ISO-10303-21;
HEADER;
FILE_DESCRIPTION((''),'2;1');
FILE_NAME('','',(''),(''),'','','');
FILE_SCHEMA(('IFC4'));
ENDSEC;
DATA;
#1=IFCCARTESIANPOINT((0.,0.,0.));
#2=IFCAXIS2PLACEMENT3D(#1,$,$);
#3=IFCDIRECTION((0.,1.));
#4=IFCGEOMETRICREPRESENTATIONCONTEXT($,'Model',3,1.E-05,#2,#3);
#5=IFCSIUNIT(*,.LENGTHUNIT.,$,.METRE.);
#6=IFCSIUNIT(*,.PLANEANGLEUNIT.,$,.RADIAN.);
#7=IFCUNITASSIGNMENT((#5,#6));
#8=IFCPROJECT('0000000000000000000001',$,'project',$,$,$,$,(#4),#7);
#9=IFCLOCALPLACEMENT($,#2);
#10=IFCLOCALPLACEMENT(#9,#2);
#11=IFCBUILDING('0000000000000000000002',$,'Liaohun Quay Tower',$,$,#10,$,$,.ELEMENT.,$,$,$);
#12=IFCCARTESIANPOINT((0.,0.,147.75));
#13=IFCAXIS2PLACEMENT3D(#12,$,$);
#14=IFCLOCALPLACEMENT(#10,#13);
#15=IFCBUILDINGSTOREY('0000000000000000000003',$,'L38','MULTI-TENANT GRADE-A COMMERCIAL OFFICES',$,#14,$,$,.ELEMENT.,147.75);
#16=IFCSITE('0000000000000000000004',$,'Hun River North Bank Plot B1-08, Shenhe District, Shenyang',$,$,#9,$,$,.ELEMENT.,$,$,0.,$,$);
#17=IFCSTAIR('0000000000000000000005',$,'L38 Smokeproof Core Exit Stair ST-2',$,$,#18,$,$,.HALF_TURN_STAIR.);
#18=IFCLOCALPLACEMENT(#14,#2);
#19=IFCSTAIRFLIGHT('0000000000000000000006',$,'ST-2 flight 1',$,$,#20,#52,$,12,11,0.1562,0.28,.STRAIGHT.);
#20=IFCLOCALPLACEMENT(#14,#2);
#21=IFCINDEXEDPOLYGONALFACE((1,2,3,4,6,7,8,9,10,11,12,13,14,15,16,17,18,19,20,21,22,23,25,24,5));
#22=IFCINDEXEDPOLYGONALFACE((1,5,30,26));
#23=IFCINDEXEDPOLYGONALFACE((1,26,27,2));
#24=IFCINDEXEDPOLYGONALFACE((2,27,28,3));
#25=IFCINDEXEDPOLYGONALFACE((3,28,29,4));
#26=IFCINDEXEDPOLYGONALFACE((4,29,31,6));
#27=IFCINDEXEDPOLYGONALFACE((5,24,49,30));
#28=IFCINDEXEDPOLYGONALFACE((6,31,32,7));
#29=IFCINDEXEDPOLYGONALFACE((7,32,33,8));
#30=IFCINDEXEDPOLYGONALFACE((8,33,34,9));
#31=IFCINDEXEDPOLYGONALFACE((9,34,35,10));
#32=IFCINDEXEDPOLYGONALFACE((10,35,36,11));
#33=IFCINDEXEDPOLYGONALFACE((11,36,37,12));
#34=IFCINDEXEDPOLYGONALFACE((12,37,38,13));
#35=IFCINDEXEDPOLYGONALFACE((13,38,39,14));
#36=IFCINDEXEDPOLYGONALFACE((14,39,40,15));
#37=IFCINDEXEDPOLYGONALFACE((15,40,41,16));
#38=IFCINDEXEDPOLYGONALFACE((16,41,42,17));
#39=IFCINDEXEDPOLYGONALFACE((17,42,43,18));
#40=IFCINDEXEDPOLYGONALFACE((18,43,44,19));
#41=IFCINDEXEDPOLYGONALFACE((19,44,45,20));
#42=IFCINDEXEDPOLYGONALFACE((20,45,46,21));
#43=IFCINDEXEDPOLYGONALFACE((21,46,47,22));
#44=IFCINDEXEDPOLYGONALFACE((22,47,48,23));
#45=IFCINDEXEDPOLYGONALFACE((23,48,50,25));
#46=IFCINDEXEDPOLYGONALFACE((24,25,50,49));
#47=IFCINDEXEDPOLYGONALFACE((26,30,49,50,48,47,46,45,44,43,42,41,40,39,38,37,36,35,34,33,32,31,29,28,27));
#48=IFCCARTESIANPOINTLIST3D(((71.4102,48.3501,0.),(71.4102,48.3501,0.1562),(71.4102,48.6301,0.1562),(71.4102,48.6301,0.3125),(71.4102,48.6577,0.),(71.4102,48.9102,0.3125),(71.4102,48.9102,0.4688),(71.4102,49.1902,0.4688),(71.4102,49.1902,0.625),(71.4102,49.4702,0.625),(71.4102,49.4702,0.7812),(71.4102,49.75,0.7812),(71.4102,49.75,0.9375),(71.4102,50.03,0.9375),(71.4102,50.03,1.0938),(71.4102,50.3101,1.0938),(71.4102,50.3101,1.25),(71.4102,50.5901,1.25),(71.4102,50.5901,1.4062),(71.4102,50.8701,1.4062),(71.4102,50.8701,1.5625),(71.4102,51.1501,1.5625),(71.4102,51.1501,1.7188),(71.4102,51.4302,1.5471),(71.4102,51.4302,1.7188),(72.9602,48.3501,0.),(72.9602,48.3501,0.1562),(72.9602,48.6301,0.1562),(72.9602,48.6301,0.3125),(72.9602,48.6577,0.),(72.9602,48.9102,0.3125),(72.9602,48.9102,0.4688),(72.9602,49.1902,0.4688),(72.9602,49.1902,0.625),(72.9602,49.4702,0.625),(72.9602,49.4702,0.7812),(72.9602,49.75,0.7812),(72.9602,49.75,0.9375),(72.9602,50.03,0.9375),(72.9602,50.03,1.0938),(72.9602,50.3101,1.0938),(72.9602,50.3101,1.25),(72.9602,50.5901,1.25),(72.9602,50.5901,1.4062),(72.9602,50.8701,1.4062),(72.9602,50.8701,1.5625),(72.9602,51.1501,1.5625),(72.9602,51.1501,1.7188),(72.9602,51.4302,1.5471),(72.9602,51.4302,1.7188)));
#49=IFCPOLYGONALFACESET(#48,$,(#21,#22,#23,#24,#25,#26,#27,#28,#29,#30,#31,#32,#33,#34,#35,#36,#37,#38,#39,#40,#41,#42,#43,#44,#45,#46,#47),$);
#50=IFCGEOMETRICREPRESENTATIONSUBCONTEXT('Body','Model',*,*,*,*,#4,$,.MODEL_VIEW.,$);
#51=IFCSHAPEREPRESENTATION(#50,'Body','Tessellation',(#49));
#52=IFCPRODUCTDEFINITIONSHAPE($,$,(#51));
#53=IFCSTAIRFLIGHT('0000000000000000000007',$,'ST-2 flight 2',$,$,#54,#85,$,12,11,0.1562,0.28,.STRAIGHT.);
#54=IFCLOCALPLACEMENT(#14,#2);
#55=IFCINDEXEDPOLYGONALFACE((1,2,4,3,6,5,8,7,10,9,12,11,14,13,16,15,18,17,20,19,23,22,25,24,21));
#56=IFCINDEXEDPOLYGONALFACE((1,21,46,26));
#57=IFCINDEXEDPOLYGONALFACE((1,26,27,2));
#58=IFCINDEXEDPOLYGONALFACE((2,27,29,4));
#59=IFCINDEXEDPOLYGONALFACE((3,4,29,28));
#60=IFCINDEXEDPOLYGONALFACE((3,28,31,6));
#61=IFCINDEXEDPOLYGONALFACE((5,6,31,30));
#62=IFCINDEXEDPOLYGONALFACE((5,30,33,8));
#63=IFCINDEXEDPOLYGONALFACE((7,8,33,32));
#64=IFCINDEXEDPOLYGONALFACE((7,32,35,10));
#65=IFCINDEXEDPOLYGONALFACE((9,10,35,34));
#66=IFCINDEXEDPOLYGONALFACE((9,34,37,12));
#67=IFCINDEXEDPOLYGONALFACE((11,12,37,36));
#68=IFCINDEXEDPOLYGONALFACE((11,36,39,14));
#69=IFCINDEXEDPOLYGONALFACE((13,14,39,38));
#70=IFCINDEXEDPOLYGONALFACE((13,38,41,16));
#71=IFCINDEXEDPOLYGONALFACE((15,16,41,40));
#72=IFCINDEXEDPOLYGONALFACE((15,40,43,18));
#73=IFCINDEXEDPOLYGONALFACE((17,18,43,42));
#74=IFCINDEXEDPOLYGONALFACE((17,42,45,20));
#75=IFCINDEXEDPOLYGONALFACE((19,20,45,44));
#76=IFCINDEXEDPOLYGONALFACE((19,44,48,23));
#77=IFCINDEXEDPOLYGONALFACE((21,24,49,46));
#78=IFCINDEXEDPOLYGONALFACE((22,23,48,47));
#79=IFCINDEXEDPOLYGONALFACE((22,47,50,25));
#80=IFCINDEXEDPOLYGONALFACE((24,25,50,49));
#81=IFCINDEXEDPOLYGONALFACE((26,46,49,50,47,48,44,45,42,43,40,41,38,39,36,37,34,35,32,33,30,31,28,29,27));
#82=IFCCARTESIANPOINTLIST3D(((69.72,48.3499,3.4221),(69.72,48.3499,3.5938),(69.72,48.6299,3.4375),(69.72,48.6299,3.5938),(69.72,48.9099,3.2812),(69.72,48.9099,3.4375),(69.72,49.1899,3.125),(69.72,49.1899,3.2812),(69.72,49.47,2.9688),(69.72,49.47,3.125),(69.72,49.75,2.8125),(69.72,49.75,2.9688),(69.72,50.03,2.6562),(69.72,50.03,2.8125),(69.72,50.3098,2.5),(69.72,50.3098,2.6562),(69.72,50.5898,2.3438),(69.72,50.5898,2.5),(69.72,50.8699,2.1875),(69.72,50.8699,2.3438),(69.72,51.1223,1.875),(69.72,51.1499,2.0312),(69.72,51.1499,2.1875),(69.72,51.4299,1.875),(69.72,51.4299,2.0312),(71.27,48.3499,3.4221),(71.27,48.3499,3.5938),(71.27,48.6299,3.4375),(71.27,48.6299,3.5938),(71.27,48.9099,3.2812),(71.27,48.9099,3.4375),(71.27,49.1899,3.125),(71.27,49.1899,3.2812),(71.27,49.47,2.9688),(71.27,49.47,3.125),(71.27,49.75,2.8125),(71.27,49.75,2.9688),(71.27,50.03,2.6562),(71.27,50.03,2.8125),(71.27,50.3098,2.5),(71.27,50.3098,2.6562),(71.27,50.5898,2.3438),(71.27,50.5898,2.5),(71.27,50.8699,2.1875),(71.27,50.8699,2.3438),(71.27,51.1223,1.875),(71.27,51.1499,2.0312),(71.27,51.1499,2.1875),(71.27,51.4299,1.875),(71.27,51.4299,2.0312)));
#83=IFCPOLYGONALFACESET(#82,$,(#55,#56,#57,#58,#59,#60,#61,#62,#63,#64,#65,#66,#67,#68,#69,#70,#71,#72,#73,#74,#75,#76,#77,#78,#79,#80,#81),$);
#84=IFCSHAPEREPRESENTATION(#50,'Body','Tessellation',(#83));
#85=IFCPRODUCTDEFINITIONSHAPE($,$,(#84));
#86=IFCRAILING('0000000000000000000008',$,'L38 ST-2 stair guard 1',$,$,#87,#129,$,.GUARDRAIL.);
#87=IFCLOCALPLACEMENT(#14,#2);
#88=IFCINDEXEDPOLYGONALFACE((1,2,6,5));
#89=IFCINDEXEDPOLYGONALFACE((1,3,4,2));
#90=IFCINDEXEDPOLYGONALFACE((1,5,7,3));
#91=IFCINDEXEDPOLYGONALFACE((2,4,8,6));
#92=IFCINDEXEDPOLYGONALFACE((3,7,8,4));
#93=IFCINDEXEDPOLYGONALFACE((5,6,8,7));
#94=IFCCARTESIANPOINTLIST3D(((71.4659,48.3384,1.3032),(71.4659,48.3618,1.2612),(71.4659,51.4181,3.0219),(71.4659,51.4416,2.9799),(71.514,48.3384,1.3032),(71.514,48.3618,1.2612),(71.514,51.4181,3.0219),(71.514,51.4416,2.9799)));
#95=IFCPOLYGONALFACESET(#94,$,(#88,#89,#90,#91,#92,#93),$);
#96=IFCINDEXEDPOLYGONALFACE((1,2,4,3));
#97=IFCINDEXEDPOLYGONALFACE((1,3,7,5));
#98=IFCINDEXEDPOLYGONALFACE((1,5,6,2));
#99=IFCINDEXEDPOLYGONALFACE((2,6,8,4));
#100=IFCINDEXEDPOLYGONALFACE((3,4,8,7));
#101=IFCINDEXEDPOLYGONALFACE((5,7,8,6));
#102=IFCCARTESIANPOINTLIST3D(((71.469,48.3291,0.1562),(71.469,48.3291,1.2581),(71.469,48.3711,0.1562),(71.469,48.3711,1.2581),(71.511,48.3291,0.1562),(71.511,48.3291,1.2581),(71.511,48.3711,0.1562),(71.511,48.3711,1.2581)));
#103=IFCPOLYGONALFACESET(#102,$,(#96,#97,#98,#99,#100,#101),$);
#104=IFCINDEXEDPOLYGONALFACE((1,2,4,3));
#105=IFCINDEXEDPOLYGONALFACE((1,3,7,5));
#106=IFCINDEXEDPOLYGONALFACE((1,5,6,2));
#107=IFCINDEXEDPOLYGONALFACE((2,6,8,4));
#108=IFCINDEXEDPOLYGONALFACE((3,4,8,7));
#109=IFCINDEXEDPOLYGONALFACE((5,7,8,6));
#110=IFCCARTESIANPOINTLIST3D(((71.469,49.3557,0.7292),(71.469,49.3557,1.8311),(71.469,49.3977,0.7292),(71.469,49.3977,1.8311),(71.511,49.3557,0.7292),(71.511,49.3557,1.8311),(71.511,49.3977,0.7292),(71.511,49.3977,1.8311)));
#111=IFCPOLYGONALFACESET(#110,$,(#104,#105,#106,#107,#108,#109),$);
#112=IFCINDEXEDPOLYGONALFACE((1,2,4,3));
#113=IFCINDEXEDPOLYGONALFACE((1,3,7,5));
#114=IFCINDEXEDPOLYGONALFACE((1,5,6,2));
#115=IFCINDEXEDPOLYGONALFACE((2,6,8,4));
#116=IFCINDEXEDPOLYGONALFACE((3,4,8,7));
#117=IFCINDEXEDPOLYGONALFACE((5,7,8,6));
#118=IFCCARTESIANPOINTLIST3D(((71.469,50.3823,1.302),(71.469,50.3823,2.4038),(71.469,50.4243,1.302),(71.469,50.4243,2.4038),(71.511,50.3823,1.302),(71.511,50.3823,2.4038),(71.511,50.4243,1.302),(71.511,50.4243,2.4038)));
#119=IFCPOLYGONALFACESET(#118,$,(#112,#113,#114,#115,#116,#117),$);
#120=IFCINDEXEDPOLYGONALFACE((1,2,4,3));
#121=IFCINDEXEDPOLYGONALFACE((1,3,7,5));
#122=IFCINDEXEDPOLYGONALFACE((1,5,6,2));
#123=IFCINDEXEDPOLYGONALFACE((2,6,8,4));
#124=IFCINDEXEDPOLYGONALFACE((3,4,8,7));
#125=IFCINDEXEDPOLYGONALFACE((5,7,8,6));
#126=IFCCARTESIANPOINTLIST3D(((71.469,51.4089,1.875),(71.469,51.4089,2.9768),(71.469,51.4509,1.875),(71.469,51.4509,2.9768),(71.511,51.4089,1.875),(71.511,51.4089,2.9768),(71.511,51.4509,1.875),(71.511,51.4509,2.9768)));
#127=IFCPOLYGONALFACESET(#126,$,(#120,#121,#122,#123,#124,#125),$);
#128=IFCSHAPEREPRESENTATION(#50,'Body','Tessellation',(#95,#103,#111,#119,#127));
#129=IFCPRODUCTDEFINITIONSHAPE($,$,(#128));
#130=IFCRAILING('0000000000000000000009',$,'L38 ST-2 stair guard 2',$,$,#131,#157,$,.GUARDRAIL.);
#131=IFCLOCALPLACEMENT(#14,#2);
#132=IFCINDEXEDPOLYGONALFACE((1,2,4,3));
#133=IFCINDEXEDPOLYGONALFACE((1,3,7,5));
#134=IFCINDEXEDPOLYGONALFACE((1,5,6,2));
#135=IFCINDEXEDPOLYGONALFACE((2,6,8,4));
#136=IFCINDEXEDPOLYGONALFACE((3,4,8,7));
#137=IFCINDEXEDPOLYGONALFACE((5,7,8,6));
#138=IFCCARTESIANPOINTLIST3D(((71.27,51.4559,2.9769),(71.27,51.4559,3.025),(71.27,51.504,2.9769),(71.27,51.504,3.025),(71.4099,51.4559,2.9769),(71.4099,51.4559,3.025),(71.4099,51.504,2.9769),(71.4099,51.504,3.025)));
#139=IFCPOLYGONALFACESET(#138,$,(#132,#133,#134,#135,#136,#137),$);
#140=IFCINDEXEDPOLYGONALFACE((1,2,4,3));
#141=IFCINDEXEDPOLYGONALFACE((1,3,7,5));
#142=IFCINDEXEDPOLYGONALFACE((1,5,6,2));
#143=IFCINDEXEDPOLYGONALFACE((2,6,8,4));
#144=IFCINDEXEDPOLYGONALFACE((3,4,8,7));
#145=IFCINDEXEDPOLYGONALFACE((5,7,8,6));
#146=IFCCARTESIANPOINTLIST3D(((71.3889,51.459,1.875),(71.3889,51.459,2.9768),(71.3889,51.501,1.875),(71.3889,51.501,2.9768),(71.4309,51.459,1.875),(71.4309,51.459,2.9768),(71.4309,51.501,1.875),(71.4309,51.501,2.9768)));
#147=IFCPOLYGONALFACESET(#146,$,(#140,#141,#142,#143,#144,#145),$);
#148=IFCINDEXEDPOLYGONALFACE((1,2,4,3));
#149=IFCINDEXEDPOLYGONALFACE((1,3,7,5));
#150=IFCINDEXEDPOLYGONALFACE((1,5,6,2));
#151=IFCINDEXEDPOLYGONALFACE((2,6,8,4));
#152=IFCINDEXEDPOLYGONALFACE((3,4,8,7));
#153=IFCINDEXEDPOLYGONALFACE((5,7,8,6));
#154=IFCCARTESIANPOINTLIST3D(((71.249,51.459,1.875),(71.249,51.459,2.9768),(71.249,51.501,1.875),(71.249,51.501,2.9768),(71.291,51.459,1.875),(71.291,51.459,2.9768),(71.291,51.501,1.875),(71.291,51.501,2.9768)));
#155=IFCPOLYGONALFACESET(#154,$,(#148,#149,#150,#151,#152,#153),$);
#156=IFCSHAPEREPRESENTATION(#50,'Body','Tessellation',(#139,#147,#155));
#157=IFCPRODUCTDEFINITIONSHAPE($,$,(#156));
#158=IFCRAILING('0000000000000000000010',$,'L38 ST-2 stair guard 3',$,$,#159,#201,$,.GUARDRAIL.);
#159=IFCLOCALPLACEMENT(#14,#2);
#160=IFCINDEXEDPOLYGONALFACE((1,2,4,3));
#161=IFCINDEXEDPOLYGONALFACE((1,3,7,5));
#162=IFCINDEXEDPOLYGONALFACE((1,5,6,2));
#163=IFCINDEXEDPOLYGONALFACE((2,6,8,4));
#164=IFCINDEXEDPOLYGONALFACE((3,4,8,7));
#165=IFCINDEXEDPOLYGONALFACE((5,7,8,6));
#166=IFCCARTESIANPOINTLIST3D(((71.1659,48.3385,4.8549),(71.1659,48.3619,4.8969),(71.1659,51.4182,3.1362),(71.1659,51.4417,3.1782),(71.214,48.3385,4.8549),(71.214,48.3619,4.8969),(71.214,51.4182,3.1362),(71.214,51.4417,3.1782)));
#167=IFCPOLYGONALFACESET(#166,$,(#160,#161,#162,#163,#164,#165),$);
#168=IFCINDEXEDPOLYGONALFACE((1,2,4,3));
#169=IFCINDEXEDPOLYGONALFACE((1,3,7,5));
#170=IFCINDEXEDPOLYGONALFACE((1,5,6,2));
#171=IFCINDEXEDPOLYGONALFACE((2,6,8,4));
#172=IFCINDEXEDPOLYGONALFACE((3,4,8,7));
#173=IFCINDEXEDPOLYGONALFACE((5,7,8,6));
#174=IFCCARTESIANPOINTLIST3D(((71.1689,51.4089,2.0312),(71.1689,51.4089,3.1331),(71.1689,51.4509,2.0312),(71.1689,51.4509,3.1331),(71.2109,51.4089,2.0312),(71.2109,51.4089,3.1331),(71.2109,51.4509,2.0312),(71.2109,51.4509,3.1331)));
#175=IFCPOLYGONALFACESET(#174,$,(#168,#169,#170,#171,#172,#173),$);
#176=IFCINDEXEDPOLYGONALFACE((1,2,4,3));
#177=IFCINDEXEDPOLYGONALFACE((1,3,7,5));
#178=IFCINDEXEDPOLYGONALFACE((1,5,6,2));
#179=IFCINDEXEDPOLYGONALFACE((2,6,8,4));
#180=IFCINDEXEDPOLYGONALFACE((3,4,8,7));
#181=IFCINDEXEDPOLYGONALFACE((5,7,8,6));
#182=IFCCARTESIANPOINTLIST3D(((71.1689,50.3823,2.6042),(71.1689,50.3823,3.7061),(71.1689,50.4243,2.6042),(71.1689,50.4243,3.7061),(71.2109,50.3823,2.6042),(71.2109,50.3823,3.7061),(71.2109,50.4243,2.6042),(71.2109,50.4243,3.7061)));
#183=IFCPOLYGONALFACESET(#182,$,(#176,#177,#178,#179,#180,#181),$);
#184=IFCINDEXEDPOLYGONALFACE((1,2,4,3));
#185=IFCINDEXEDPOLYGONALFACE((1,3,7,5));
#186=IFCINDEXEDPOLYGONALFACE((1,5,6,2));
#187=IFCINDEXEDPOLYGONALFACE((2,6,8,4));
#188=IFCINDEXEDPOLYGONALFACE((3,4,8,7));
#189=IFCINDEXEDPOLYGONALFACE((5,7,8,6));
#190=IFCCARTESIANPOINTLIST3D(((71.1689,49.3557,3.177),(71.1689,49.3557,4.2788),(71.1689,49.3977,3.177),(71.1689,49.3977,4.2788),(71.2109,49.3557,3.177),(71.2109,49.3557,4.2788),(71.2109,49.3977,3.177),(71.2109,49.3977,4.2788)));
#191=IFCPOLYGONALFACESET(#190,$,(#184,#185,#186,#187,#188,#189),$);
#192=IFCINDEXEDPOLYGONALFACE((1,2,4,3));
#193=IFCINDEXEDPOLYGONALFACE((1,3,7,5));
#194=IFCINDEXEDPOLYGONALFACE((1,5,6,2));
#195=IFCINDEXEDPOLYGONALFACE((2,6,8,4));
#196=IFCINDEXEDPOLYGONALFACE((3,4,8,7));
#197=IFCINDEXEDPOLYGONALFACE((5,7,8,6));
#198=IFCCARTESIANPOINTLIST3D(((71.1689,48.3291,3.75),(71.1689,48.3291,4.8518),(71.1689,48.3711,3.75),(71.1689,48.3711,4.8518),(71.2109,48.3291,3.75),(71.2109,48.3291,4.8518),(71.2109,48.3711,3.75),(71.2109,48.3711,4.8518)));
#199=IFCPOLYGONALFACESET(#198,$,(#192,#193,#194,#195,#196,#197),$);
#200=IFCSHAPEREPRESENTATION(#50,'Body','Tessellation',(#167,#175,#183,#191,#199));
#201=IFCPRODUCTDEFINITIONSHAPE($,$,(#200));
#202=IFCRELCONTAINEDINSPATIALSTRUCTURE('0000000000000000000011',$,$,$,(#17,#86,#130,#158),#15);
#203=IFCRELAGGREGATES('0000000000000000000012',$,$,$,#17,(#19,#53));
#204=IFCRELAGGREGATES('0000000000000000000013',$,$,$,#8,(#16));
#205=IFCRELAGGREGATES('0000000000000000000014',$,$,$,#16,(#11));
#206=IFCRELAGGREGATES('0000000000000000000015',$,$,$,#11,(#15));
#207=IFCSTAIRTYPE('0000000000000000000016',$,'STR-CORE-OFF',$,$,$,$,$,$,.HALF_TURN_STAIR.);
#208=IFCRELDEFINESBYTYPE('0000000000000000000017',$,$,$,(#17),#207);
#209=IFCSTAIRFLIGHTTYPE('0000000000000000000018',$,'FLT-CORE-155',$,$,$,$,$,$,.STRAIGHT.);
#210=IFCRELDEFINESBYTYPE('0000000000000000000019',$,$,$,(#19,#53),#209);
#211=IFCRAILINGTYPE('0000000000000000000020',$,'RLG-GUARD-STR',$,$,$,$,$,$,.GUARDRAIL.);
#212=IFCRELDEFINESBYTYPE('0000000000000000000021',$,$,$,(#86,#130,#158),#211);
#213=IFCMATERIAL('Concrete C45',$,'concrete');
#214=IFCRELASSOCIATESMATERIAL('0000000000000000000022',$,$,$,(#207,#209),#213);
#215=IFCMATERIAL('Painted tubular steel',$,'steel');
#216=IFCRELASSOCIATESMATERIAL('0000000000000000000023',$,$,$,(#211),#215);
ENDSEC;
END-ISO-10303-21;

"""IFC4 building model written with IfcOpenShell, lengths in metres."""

from ifc_helpers import new_model, si_unit, direction, frame, origin, origin_2d, place, context, subcontext, project, spatial, polyline, rectangle, outline, extrude, material, type_object, element, aggregate, save


model = new_model("IFC4")

# Units and contexts
model_context = context("Model", 3, precision=1e-05, world=origin(), true_north=direction((0.0, 1.0)))
body_context = subcontext(model_context, "Body", "Model", "MODEL_VIEW")
ifc_project = project(units=[si_unit("LENGTHUNIT", "METRE"), si_unit("PLANEANGLEUNIT", "RADIAN")], contexts=[model_context])

# Site, building, storey
site_placement = place(None, origin())
site = spatial("IfcSite", under=ifc_project, at=site_placement, Name="Hun River North Bank Plot B1-08, Shenhe District, Shenyang", CompositionType="ELEMENT", RefElevation=0.0)
building_placement = place(site_placement, origin())
building = spatial("IfcBuilding", under=site, at=building_placement, Name="Liaohun Quay Tower", CompositionType="ELEMENT")
storey_placement = place(building_placement, frame((0.0, 0.0, 147.75)))
storey = spatial("IfcBuildingStorey", under=building, at=storey_placement, Name="L38", Description="MULTI-TENANT GRADE-A COMMERCIAL OFFICES", CompositionType="ELEMENT", Elevation=147.75)

# Stair, stair flights
ifc_material_1 = material(Name="Concrete C45", Category="concrete")
stair_type = type_object("IfcStairType", Name="STR-CORE-OFF", PredefinedType="HALF_TURN_STAIR", material=ifc_material_1)
stair_placement = place(storey_placement, origin())
stair = element("IfcStair", 1, at=stair_placement, inside=storey, type_object=stair_type, Name="L38 Smokeproof Core Exit Stair ST-2", PredefinedType="HALF_TURN_STAIR")
stair_flight_type = type_object("IfcStairFlightType", Name="FLT-CORE-155", PredefinedType="STRAIGHT", material=ifc_material_1)
stair_flight_1_placement = place(storey_placement, frame((72.1851, 48.3501, 0.0), z_axis=(0.0, 0.0, 1.0), x_axis=(0.0, 1.0, 0.0)))
stair_flight_1 = element("IfcStairFlight", 2, at=stair_flight_1_placement, type_object=stair_flight_type, Name="ST-2 flight 1", NumberOfRisers=12, NumberOfTreads=11, PredefinedType="STRAIGHT", RiserHeight=0.1562, TreadLength=0.28, context=body_context, shape_type="SweptSolid", body=[
    extrude(outline(polyline([(0.0, 0.0), (0.0, 0.1562), (0.28, 0.1562), (0.28, 0.3125), (0.5601, 0.3125), (0.5601, 0.4688), (0.8401, 0.4688), (0.8401, 0.625), (1.1201, 0.625), (1.1201, 0.7812), (1.3999, 0.7812), (1.3999, 0.9375), (1.6799, 0.9375), (1.6799, 1.0938), (1.96, 1.0938), (1.96, 1.25), (2.24, 1.25), (2.24, 1.4062), (2.52, 1.4062), (2.52, 1.5625), (2.8, 1.5625), (2.8, 1.7188), (3.0801, 1.7188), (3.0801, 1.875), (3.0801, 1.5471), (0.3076, 0.0), (0.0, 0.0)])), frame((0.0, 0.7749, 0.0), z_axis=(0.0, -1.0, 0.0), x_axis=(1.0, 0.0, 0.0)), (0.0, 0.0, 1.0), 1.55),
])
stair_flight_2_placement = place(storey_placement, frame((70.4951, 51.4299, 1.875), z_axis=(0.0, 0.0, 1.0), x_axis=(0.0, -1.0, 0.0)))
stair_flight_2 = element("IfcStairFlight", 3, at=stair_flight_2_placement, type_object=stair_flight_type, Name="ST-2 flight 2", NumberOfRisers=12, NumberOfTreads=11, PredefinedType="STRAIGHT", RiserHeight=0.1562, TreadLength=0.28, context=body_context, shape_type="SweptSolid", body=[
    extrude(outline(polyline([(0.0, 0.0), (0.0, 0.1562), (0.28, 0.1562), (0.28, 0.3125), (0.5601, 0.3125), (0.5601, 0.4688), (0.8401, 0.4688), (0.8401, 0.625), (1.1201, 0.625), (1.1201, 0.7812), (1.3999, 0.7812), (1.3999, 0.9375), (1.6799, 0.9375), (1.6799, 1.0938), (1.96, 1.0938), (1.96, 1.25), (2.24, 1.25), (2.24, 1.4062), (2.52, 1.4062), (2.52, 1.5625), (2.8, 1.5625), (2.8, 1.7188), (3.0801, 1.7188), (3.0801, 1.875), (3.0801, 1.5471), (0.3076, 0.0), (0.0, 0.0)])), frame((0.0, 0.7749, 0.0), z_axis=(0.0, -1.0, 0.0), x_axis=(1.0, 0.0, 0.0)), (0.0, 0.0, 1.0), 1.55),
])
aggregate(stair, [stair_flight_1, stair_flight_2])

# Railings
ifc_material_2 = material(Name="Painted tubular steel", Category="steel")
railing_type_1 = type_object("IfcRailingType", Name="RLG-GUARD-STR", PredefinedType="GUARDRAIL", material=ifc_material_2)
railing_1_placement = place(storey_placement, frame((71.49, 48.3501, 0.1562)))
element("IfcRailing", 4, at=railing_1_placement, inside=storey, type_object=railing_type_1, Name="L38 ST-2 stair guard 1", PredefinedType="GUARDRAIL", context=body_context, shape_type="SweptSolid", body=[
    extrude(rectangle(XDim=0.0481, YDim=0.0481, at=origin_2d()), frame((0.0, 0.0, 1.126), z_axis=(0.0, 0.873225, 0.487317), x_axis=(-1.0, 0.0, 0.0)), (0.0, 0.0, 1.0), 3.5269),
    extrude(rectangle(XDim=0.042, YDim=0.042, at=origin_2d()), origin(), (0.0, 0.0, 1.0), 1.1018),
    extrude(rectangle(XDim=0.042, YDim=0.042, at=origin_2d()), frame((0.0, 1.0266, 0.573)), (0.0, 0.0, 1.0), 1.1018),
    extrude(rectangle(XDim=0.042, YDim=0.042, at=origin_2d()), frame((0.0, 2.0532, 1.1458)), (0.0, 0.0, 1.0), 1.1018),
    extrude(rectangle(XDim=0.042, YDim=0.042, at=origin_2d()), frame((0.0, 3.0798, 1.7188)), (0.0, 0.0, 1.0), 1.1018),
])
railing_2_placement = place(storey_placement, frame((71.4099, 51.48, 1.875)))
element("IfcRailing", 5, at=railing_2_placement, inside=storey, type_object=railing_type_1, Name="L38 ST-2 stair guard 2", PredefinedType="GUARDRAIL", context=body_context, shape_type="SweptSolid", body=[
    extrude(rectangle(XDim=0.0481, YDim=0.0481, at=origin_2d()), frame((0.0, 0.0, 1.126), z_axis=(-1.0, 0.0, 0.0), x_axis=(0.0, -1.0, 0.0)), (0.0, 0.0, 1.0), 0.1399),
    extrude(rectangle(XDim=0.042, YDim=0.042, at=origin_2d()), origin(), (0.0, 0.0, 1.0), 1.1018),
    extrude(rectangle(XDim=0.042, YDim=0.042, at=origin_2d()), frame((-0.1399, 0.0, 0.0)), (0.0, 0.0, 1.0), 1.1018),
])
railing_3_placement = place(storey_placement, frame((71.1899, 51.4299, 2.0312)))
element("IfcRailing", 6, at=railing_3_placement, inside=storey, type_object=railing_type_1, Name="L38 ST-2 stair guard 3", PredefinedType="GUARDRAIL", context=body_context, shape_type="SweptSolid", body=[
    extrude(rectangle(XDim=0.0481, YDim=0.0481, at=origin_2d()), frame((0.0, 0.0, 1.126), z_axis=(0.0, -0.873225, 0.487317), x_axis=(1.0, 0.0, 0.0)), (0.0, 0.0, 1.0), 3.5269),
    extrude(rectangle(XDim=0.042, YDim=0.042, at=origin_2d()), origin(), (0.0, 0.0, 1.0), 1.1018),
    extrude(rectangle(XDim=0.042, YDim=0.042, at=origin_2d()), frame((0.0, -1.0266, 0.573)), (0.0, 0.0, 1.0), 1.1018),
    extrude(rectangle(XDim=0.042, YDim=0.042, at=origin_2d()), frame((0.0, -2.0532, 1.1458)), (0.0, 0.0, 1.0), 1.1018),
    extrude(rectangle(XDim=0.042, YDim=0.042, at=origin_2d()), frame((0.0, -3.0798, 1.7188)), (0.0, 0.0, 1.0), 1.1018),
])

save(model, "model.ifc")
